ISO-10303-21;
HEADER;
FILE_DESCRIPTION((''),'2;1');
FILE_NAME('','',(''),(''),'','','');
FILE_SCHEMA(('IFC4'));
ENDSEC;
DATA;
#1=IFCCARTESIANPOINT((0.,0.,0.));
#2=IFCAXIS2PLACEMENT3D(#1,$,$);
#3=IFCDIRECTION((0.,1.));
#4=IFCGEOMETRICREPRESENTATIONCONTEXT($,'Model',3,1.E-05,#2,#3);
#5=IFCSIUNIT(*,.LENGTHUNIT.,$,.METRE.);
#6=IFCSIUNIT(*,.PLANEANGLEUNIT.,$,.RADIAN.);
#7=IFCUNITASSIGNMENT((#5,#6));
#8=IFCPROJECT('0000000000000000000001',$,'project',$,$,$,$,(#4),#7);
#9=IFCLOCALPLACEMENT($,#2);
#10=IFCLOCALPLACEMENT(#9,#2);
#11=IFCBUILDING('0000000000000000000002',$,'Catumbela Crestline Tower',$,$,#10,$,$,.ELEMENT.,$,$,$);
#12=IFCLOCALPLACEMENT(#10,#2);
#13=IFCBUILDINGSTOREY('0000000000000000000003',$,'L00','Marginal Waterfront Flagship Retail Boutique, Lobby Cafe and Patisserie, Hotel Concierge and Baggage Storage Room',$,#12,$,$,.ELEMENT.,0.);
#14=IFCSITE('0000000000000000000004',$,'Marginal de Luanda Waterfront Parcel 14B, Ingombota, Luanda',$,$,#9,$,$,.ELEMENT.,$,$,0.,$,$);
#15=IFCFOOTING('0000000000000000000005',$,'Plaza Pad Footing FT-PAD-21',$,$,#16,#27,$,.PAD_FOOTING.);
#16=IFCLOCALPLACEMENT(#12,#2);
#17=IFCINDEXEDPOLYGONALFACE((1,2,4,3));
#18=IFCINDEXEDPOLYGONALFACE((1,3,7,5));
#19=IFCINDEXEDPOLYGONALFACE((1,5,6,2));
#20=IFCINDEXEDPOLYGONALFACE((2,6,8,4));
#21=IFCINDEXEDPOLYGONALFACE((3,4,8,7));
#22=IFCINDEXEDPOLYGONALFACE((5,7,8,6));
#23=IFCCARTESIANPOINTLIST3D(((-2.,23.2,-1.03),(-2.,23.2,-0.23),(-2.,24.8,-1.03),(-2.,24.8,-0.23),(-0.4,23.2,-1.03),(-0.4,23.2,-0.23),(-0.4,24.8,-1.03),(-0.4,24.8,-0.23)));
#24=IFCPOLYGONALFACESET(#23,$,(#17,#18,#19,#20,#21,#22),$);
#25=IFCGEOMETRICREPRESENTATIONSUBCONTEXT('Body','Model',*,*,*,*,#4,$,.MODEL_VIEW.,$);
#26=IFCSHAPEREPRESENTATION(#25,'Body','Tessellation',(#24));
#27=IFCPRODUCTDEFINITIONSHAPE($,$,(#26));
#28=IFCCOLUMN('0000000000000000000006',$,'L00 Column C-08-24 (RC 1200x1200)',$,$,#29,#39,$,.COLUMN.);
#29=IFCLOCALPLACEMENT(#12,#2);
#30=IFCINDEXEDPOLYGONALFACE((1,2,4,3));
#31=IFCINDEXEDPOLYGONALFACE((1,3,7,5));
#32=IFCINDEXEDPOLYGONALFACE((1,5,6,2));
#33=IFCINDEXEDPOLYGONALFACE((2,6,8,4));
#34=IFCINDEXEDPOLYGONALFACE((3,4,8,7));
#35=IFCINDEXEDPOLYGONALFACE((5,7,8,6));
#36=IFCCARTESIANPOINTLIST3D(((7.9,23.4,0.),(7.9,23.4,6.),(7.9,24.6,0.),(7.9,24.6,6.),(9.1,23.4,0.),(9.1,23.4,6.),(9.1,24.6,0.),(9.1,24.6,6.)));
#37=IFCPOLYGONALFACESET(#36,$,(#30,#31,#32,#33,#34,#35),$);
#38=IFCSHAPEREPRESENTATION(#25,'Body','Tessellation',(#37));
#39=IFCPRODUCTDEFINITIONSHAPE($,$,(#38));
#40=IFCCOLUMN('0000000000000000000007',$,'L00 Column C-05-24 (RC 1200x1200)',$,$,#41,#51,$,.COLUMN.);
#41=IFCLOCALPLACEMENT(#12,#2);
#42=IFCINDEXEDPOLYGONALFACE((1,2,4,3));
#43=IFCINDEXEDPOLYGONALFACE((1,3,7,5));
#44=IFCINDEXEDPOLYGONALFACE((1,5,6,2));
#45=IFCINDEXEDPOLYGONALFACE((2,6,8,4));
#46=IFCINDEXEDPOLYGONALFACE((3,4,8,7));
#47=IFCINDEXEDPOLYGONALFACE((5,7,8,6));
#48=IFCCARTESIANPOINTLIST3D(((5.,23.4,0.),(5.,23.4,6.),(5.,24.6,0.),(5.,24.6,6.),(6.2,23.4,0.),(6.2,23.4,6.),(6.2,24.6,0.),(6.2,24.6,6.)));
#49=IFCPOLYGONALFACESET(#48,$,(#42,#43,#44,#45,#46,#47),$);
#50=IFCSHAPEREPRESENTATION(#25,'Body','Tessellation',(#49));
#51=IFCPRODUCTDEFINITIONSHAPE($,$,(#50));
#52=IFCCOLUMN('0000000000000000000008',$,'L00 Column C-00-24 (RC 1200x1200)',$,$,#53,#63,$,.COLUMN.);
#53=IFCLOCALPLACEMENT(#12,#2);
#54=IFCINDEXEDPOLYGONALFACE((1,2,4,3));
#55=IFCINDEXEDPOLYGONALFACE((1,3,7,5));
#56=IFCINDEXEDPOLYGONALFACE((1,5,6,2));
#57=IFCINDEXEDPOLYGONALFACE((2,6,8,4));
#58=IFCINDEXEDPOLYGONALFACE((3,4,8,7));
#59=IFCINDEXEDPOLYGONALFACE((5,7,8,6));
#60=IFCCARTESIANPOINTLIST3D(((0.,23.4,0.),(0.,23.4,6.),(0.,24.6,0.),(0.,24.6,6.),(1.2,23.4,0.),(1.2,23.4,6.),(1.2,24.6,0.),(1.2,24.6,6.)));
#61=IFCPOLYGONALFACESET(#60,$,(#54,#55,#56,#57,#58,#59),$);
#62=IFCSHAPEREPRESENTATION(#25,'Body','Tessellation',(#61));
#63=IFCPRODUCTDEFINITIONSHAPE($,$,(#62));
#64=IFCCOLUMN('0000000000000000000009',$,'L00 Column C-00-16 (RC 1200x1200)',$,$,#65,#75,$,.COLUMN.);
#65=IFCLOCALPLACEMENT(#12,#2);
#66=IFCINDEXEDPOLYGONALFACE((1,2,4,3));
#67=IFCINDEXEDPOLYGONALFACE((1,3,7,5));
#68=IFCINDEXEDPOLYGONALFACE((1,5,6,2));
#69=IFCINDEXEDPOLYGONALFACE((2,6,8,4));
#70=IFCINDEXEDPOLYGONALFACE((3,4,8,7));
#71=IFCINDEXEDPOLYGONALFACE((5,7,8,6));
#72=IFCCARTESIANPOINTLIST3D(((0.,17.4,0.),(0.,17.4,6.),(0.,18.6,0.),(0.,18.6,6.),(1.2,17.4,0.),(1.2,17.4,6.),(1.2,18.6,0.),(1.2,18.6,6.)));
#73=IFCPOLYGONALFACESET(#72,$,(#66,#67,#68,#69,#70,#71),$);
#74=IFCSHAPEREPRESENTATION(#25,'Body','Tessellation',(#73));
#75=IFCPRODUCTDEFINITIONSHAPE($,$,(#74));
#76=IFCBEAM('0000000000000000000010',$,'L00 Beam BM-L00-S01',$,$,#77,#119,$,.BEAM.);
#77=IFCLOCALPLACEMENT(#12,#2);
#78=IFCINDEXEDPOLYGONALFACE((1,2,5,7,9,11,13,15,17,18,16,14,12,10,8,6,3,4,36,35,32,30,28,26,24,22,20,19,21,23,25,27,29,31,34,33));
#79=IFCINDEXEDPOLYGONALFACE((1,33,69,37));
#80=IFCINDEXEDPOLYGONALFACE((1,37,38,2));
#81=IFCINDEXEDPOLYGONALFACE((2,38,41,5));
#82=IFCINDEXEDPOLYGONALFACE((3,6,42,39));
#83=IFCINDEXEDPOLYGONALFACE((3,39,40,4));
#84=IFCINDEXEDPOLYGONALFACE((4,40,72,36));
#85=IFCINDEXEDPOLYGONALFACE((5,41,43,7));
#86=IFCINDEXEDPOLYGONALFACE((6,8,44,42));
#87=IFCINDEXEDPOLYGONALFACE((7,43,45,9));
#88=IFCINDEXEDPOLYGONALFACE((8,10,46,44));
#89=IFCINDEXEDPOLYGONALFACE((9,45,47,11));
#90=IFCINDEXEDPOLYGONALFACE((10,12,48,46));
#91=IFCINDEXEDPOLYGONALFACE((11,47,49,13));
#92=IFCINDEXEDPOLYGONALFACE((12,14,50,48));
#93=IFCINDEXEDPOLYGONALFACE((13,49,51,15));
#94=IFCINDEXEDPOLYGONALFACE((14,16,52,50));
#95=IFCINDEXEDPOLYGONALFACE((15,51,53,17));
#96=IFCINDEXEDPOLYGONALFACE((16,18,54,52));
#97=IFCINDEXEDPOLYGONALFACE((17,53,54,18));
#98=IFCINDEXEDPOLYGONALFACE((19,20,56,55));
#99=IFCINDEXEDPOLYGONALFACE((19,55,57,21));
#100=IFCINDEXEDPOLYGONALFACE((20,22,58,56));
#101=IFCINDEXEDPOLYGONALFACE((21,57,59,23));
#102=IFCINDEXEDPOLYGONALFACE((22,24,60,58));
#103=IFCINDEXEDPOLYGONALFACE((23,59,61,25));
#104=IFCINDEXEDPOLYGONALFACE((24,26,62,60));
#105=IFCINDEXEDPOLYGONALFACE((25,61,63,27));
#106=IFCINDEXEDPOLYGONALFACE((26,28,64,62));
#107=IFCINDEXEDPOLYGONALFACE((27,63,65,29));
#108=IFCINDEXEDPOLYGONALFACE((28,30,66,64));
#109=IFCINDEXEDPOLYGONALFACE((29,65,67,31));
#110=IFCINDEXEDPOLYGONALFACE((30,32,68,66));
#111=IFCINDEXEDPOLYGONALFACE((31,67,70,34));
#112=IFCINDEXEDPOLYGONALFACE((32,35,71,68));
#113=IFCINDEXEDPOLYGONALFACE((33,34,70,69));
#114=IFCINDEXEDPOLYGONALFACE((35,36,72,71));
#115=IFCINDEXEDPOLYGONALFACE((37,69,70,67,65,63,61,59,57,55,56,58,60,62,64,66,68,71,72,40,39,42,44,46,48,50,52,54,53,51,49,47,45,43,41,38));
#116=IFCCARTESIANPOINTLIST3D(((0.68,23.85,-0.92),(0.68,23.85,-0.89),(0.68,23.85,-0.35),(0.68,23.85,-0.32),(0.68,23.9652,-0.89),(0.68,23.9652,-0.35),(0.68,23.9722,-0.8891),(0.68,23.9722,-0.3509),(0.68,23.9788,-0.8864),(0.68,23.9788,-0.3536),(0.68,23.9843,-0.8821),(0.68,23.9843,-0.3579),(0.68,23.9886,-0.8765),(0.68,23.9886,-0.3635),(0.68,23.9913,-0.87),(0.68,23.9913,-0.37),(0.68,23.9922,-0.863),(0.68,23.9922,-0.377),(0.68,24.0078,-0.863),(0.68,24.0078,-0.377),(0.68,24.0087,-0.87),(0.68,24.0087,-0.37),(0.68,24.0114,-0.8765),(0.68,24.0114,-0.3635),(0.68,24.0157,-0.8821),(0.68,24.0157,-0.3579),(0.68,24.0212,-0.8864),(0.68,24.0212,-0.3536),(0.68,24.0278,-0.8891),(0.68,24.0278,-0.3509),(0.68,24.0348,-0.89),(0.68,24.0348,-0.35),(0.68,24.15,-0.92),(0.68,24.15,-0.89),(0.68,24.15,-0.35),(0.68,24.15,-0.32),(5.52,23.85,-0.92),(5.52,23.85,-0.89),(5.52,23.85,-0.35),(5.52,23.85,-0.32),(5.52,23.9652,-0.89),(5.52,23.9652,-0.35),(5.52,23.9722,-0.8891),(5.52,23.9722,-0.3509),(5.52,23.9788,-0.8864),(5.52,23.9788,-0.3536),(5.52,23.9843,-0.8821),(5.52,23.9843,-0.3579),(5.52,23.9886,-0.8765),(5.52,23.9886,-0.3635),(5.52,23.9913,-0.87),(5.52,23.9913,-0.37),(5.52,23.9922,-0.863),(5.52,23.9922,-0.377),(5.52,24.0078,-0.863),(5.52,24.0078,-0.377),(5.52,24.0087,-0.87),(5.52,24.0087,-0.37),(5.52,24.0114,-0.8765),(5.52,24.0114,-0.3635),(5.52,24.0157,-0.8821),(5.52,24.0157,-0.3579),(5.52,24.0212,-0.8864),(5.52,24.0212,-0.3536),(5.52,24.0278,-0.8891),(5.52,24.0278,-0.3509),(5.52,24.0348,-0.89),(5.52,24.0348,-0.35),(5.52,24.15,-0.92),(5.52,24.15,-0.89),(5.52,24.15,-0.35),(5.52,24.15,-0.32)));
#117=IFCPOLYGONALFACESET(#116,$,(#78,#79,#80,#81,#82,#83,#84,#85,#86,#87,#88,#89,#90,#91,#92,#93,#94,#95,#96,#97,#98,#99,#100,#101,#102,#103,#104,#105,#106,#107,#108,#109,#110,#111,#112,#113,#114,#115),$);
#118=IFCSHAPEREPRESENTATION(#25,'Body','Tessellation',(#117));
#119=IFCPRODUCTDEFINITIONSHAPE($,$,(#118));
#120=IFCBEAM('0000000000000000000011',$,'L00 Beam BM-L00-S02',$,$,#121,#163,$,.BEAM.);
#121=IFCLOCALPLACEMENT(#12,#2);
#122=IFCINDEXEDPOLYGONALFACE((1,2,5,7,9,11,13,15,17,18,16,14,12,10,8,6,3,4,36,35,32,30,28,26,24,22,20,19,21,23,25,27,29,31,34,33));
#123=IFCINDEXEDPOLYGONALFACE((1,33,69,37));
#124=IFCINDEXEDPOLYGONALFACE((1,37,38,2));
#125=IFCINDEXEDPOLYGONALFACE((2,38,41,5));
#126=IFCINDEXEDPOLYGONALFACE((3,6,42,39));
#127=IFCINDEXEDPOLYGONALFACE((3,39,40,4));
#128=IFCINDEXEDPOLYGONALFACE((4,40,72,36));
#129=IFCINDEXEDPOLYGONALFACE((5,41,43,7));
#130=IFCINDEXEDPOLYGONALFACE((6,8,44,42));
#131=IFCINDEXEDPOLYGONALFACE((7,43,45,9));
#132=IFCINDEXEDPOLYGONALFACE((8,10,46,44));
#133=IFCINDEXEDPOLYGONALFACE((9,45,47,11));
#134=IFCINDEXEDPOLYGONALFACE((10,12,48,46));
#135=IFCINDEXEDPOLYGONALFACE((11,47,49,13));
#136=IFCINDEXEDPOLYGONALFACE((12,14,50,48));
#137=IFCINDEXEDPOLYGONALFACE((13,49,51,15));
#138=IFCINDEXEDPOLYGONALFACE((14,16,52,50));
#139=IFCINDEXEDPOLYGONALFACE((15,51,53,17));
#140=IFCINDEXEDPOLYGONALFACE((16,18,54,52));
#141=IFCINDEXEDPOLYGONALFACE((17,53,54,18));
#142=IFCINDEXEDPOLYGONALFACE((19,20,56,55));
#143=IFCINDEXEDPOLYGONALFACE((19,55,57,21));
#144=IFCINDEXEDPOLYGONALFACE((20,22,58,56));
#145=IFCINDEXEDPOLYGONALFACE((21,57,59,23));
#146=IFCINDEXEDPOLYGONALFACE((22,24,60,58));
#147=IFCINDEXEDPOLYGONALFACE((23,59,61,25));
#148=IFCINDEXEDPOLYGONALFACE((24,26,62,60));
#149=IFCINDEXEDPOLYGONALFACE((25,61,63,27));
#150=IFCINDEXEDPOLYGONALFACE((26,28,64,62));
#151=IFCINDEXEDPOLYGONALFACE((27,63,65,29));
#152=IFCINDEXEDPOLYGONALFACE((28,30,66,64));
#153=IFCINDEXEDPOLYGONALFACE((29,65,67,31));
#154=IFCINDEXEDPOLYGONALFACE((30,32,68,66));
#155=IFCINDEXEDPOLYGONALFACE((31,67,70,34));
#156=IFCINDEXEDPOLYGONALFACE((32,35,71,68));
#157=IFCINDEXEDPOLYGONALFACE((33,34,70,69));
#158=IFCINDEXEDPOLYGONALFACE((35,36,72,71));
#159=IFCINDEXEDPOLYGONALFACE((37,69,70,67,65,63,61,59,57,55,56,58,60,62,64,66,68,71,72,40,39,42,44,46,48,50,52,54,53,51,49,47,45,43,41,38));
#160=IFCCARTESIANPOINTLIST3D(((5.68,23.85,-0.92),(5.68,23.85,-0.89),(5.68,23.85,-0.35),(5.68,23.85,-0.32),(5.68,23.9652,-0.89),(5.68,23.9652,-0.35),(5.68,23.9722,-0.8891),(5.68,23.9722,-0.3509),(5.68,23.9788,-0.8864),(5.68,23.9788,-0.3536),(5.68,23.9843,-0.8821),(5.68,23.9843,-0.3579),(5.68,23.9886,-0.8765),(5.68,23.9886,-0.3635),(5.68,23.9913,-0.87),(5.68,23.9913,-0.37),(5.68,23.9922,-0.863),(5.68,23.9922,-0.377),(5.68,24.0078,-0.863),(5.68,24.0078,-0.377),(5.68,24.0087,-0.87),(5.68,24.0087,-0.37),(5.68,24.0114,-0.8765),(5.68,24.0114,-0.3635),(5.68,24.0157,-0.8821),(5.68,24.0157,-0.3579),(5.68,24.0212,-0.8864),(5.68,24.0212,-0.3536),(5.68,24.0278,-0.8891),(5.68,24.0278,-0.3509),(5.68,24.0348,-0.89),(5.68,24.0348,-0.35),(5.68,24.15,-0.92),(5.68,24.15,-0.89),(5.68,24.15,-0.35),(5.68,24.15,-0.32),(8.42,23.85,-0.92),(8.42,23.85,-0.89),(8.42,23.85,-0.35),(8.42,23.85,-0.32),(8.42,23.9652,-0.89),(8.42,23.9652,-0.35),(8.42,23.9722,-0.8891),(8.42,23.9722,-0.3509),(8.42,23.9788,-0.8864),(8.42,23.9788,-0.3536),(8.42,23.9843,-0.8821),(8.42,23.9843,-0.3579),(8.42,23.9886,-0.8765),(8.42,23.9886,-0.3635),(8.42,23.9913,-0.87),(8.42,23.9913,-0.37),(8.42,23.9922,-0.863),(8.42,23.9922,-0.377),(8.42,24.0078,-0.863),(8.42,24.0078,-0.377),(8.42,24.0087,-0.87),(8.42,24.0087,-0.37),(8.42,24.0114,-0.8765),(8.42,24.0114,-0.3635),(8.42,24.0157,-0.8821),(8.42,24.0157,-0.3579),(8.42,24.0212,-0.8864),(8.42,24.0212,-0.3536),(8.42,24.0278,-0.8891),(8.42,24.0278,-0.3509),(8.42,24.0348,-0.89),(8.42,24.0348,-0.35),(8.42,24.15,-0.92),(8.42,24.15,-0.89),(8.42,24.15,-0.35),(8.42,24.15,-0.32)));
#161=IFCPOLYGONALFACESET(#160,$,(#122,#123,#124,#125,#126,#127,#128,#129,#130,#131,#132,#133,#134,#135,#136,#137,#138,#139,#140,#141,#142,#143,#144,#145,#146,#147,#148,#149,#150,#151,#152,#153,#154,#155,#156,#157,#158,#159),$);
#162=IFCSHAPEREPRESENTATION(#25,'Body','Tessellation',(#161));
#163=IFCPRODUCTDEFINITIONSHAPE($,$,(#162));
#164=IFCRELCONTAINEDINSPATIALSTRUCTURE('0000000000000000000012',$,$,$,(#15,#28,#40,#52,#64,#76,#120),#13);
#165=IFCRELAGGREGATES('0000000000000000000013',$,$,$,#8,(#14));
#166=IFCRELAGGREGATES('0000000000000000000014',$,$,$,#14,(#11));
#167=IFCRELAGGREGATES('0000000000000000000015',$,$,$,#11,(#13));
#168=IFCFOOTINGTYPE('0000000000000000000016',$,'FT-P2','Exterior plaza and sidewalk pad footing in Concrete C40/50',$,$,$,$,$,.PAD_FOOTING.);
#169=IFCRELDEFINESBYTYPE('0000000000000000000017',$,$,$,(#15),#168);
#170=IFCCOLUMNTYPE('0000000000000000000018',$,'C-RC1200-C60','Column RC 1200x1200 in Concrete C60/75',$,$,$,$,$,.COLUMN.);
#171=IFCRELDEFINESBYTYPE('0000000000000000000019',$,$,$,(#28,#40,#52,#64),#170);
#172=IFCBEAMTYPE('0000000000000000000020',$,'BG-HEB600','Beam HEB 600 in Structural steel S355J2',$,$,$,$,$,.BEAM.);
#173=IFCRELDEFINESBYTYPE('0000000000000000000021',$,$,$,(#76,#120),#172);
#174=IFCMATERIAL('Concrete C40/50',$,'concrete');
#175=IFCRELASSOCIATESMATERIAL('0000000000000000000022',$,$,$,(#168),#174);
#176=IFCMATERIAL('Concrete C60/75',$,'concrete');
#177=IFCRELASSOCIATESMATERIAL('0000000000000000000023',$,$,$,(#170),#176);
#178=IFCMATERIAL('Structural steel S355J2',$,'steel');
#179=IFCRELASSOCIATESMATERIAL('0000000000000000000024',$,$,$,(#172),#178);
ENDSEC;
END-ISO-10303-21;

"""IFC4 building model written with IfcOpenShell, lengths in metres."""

from ifc_helpers import new_model, si_unit, direction, frame, origin, origin_2d, place, context, subcontext, project, spatial, rectangle, i_section, extrude, material, material_profile, profile_set, type_object, element, save


model = new_model("IFC4")

# Units and contexts
model_context = context("Model", 3, precision=1e-05, world=origin(), true_north=direction((0.0, 1.0)))
body_context = subcontext(model_context, "Body", "Model", "MODEL_VIEW")
ifc_project = project(units=[si_unit("LENGTHUNIT", "METRE"), si_unit("PLANEANGLEUNIT", "RADIAN")], contexts=[model_context])

# Site, building, storey
site_placement = place(None, origin())
site = spatial("IfcSite", under=ifc_project, at=site_placement, Name="Marginal de Luanda Waterfront Parcel 14B, Ingombota, Luanda", CompositionType="ELEMENT", RefElevation=0.0)
building_placement = place(site_placement, origin())
building = spatial("IfcBuilding", under=site, at=building_placement, Name="Catumbela Crestline Tower", CompositionType="ELEMENT")
storey_placement = place(building_placement, origin())
storey = spatial("IfcBuildingStorey", under=building, at=storey_placement, Name="L00", Description="Marginal Waterfront Flagship Retail Boutique, Lobby Cafe and Patisserie, Hotel Concierge and Baggage Storage Room", CompositionType="ELEMENT", Elevation=0.0)

# Footing
ifc_material_1 = material(Name="Concrete C40/50", Category="concrete")
footing_type = type_object("IfcFootingType", Name="FT-P2", Description="Exterior plaza and sidewalk pad footing in Concrete C40/50", PredefinedType="PAD_FOOTING", material=ifc_material_1)
footing_placement = place(storey_placement, frame((-1.2, 24.0, -1.03), z_axis=(0.0, 0.0, 1.0), x_axis=(1.0, 0.0, 0.0)))
element("IfcFooting", 1, at=footing_placement, inside=storey, type_object=footing_type, Name="Plaza Pad Footing FT-PAD-21", PredefinedType="PAD_FOOTING", context=body_context, shape_type="SweptSolid", body=[
    extrude(rectangle(XDim=1.6, YDim=1.6, at=origin_2d()), origin(), (0.0, 0.0, 1.0), 0.8),
])

# Columns
ifc_material_2 = material(Name="Concrete C60/75", Category="concrete")
ifc_material_profile_1 = material_profile(ifc_material_2, rectangle(XDim=1.2, YDim=1.2, at=origin_2d()), Name="RC 1200x1200")
ifc_profile_set_1 = profile_set([ifc_material_profile_1], Name="Concrete C60/75")
column_type = type_object("IfcColumnType", Name="C-RC1200-C60", Description="Column RC 1200x1200 in Concrete C60/75", PredefinedType="COLUMN", material=ifc_profile_set_1)
for number, where, z_axis, x_axis, name in (
    (2, (8.5, 24.0, 0.0), (0.0, 0.0, 1.0), (1.0, 0.0, 0.0), "L00 Column C-08-24 (RC 1200x1200)"),
    (3, (5.6, 24.0, 0.0), (0.0, 0.0, 1.0), (1.0, 0.0, 0.0), "L00 Column C-05-24 (RC 1200x1200)"),
    (4, (0.6, 24.0, 0.0), (0.0, 0.0, 1.0), (1.0, 0.0, 0.0), "L00 Column C-00-24 (RC 1200x1200)"),
    (5, (0.6, 18.0, 0.0), (0.0, 0.0, 1.0), (1.0, 0.0, 0.0), "L00 Column C-00-16 (RC 1200x1200)"),
):
    element("IfcColumn", number, at=place(storey_placement, frame(where, z_axis=z_axis, x_axis=x_axis)), inside=storey, type_object=column_type, Name=name, PredefinedType="COLUMN", context=body_context, shape_type="SweptSolid", body=[
        extrude(rectangle(XDim=1.2, YDim=1.2, at=origin_2d()), origin(), (0.0, 0.0, 1.0), 6.0),
    ])

# Beams
ifc_material_3 = material(Name="Structural steel S355J2", Category="steel")
ifc_material_profile_2 = material_profile(ifc_material_3, i_section(OverallWidth=0.3, OverallDepth=0.6, WebThickness=0.0155, FlangeThickness=0.03, FilletRadius=0.027, at=origin_2d()), Name="HEB 600")
ifc_profile_set_2 = profile_set([ifc_material_profile_2], Name="Structural steel S355J2")
beam_type = type_object("IfcBeamType", Name="BG-HEB600", Description="Beam HEB 600 in Structural steel S355J2", PredefinedType="BEAM", material=ifc_profile_set_2)
beam_1_placement = place(storey_placement, frame((0.68, 24.0, -0.62), z_axis=(1.0, 0.0, 0.0), x_axis=(0.0, 1.0, 0.0)))
element("IfcBeam", 6, at=beam_1_placement, inside=storey, type_object=beam_type, Name="L00 Beam BM-L00-S01", PredefinedType="BEAM", context=body_context, shape_type="SweptSolid", body=[
    extrude(i_section(OverallWidth=0.3, OverallDepth=0.6, WebThickness=0.0155, FlangeThickness=0.03, FilletRadius=0.027, at=origin_2d()), origin(), (0.0, 0.0, 1.0), 4.84),
])
beam_2_placement = place(storey_placement, frame((5.68, 24.0, -0.62), z_axis=(1.0, 0.0, 0.0), x_axis=(0.0, 1.0, 0.0)))
element("IfcBeam", 7, at=beam_2_placement, inside=storey, type_object=beam_type, Name="L00 Beam BM-L00-S02", PredefinedType="BEAM", context=body_context, shape_type="SweptSolid", body=[
    extrude(i_section(OverallWidth=0.3, OverallDepth=0.6, WebThickness=0.0155, FlangeThickness=0.03, FilletRadius=0.027, at=origin_2d()), origin(), (0.0, 0.0, 1.0), 2.74),
])

save(model, "model.ifc")
